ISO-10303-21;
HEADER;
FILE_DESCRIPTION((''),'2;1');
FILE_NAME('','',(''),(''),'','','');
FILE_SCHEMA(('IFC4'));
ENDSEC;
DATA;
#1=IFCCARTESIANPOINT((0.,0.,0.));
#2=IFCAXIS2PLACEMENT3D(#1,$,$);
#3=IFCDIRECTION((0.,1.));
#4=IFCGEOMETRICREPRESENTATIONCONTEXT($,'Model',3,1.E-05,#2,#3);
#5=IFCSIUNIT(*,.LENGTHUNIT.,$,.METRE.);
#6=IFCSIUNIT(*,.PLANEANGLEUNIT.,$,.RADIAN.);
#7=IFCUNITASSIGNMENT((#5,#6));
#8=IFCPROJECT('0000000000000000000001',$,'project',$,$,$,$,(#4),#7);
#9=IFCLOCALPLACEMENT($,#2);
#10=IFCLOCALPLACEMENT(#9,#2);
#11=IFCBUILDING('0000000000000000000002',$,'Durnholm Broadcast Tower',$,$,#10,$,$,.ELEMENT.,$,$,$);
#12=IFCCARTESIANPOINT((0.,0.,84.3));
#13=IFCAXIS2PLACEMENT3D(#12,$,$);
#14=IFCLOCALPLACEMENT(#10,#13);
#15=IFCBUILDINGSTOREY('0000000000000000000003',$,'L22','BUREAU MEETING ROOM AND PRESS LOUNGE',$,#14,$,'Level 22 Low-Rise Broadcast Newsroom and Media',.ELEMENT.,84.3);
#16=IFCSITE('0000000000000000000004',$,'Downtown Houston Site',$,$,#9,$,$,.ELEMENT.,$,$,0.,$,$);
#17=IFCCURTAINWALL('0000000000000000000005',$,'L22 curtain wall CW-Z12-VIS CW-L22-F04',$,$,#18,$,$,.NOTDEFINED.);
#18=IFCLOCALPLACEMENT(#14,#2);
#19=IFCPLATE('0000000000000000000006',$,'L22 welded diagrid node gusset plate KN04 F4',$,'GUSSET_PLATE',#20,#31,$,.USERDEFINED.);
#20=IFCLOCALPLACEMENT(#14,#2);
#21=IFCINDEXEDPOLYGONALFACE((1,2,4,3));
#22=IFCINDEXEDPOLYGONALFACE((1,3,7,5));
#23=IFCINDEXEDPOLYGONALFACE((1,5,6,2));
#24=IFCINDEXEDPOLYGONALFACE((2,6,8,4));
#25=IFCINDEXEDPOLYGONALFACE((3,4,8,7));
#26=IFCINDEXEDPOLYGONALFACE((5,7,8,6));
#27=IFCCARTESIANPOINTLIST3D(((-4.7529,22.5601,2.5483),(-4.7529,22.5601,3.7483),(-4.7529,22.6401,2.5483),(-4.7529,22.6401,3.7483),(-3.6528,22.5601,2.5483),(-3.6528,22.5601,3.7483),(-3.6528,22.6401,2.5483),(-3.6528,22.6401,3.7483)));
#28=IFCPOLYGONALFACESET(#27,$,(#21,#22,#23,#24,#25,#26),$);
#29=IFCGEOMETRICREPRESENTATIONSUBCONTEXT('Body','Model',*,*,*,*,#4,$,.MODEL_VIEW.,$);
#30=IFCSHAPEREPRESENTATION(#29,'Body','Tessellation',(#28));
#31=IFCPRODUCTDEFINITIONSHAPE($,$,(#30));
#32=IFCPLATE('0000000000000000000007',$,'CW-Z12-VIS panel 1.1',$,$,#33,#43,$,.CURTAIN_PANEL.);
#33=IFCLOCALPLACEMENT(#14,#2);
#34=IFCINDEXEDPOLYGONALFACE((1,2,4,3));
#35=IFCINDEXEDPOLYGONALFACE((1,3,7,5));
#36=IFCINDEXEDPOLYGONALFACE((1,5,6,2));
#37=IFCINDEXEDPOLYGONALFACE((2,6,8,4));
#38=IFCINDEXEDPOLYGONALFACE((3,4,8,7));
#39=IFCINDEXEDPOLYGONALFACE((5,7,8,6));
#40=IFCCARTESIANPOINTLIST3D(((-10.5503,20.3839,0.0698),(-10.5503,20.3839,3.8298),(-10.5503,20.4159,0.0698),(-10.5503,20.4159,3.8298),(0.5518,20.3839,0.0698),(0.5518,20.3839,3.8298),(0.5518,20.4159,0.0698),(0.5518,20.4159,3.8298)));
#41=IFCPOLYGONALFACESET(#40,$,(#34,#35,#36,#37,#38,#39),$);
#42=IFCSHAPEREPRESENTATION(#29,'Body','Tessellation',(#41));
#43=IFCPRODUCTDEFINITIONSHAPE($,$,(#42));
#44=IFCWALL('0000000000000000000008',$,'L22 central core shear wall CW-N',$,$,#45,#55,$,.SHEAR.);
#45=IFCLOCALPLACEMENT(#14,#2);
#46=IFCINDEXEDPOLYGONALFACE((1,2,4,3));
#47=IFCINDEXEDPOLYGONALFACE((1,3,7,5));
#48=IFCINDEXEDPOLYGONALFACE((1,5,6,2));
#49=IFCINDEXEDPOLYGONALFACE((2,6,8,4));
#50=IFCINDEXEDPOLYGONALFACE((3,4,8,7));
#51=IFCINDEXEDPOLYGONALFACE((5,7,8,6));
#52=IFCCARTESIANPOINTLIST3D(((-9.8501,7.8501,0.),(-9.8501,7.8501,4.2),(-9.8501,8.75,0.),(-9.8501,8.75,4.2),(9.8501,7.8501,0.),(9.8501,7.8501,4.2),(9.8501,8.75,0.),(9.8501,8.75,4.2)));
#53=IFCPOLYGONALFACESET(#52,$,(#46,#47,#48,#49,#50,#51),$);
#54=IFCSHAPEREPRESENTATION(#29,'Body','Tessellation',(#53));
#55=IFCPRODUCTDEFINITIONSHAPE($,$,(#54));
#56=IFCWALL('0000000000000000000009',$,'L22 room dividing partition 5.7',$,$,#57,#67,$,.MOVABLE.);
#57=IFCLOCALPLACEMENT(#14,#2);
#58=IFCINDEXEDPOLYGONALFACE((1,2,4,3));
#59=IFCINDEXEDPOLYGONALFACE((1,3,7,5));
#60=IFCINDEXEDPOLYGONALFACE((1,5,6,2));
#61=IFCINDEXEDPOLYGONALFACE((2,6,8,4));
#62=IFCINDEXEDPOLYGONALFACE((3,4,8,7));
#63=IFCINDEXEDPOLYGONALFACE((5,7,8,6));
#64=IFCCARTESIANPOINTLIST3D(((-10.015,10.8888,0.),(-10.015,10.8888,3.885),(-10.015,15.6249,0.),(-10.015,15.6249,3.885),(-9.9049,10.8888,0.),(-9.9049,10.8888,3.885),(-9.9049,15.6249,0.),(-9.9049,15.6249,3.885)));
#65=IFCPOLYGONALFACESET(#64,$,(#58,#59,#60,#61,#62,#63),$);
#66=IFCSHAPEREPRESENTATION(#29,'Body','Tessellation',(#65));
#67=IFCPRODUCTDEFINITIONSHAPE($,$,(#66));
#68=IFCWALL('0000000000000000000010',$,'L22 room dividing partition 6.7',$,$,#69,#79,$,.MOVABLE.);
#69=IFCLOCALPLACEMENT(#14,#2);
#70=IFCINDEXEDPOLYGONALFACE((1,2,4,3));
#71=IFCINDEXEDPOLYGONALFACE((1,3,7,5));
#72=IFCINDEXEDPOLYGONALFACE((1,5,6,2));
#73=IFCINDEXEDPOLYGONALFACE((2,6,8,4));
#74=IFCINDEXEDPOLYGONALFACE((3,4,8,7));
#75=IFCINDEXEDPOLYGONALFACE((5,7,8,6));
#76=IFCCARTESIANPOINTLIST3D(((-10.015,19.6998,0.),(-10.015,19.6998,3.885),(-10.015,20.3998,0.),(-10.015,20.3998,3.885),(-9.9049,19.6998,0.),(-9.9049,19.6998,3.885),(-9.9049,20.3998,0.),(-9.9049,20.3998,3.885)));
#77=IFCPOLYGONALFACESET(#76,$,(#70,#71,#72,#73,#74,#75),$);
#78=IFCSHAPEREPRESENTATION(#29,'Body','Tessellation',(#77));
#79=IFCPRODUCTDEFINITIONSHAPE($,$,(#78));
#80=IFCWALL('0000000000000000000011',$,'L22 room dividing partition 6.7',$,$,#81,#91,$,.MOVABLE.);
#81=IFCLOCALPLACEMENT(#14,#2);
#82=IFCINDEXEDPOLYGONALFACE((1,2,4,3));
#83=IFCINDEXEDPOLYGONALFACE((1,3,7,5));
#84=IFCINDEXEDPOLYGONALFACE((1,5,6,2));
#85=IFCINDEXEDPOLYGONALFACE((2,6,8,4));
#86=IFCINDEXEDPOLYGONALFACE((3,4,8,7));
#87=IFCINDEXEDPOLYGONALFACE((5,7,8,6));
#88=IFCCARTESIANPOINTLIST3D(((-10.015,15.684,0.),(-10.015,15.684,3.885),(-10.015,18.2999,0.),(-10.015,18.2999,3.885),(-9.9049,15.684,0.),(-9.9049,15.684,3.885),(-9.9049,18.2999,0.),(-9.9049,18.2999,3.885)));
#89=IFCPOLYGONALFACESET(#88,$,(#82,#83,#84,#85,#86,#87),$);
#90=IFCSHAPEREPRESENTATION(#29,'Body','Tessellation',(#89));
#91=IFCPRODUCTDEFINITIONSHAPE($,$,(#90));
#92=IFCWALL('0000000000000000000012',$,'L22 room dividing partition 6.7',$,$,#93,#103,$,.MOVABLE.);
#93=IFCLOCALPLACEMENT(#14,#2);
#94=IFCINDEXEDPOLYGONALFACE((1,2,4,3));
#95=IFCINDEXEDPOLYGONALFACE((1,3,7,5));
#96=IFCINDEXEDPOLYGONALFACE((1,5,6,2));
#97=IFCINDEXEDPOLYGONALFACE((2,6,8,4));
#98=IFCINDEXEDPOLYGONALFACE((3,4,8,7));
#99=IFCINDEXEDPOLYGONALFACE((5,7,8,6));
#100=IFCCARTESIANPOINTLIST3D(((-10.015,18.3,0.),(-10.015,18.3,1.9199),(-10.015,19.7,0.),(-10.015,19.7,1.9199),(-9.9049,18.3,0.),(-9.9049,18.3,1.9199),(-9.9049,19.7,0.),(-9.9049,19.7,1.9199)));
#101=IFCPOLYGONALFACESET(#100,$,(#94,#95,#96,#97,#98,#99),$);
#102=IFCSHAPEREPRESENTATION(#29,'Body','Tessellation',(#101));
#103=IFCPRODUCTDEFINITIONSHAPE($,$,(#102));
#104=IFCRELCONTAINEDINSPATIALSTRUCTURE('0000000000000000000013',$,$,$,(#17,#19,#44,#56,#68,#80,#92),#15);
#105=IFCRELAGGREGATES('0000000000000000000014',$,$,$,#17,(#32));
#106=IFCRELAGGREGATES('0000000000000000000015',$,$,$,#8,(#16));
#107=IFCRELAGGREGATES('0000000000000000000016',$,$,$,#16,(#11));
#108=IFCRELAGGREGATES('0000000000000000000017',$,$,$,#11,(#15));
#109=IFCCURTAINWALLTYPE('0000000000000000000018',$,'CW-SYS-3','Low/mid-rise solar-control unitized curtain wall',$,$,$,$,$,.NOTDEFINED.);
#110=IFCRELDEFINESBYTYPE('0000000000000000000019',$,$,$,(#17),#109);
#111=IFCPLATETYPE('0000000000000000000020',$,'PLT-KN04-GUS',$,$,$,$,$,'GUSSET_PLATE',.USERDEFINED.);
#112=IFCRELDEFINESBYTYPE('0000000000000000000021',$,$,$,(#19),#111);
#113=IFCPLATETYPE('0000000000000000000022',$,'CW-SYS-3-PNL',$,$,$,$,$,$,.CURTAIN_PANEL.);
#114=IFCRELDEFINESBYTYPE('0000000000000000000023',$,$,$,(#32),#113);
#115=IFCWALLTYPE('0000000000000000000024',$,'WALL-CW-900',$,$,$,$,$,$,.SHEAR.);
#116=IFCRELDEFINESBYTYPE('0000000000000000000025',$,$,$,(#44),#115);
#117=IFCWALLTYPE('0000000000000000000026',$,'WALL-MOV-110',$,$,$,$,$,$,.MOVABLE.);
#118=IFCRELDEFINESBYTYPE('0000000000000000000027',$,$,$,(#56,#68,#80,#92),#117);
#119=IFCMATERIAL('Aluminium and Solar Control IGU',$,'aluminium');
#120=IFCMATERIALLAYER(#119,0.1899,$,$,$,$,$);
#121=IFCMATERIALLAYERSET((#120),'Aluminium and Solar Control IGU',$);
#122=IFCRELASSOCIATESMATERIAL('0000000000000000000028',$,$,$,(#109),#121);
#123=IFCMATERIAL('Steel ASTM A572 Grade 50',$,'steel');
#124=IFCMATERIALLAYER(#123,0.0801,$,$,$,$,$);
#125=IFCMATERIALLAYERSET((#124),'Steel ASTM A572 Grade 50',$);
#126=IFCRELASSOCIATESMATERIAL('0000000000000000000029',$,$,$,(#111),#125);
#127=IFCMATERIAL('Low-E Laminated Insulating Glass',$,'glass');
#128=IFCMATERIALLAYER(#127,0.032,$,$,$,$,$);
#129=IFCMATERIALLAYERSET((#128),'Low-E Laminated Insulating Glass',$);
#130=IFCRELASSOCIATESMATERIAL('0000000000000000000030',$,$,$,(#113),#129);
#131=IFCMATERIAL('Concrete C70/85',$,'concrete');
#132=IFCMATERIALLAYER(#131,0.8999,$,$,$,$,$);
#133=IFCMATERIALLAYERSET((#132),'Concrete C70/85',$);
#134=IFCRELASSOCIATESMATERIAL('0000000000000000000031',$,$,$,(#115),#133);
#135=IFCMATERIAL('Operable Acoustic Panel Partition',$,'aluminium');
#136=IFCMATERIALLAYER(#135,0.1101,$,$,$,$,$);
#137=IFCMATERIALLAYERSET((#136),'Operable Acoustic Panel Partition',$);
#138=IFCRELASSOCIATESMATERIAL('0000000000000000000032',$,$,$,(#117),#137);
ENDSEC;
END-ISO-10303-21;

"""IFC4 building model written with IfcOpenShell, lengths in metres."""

from ifc_helpers import new_model, si_unit, direction, frame, frame_2d, origin, origin_2d, place, context, subcontext, project, spatial, rectangle, extrude, source, transform, mapped, material, layer, layer_set, type_object, type_shapes, element, aggregate, save


model = new_model("IFC4")

# Units and contexts
model_context = context("Model", 3, precision=1e-05, world=origin(), true_north=direction((0.0, 1.0)))
body_context = subcontext(model_context, "Body", "Model", "MODEL_VIEW")
ifc_project = project(units=[si_unit("LENGTHUNIT", "METRE"), si_unit("PLANEANGLEUNIT", "RADIAN")], contexts=[model_context])

# Site, building, storey
site_placement = place(None, origin())
site = spatial("IfcSite", under=ifc_project, at=site_placement, Name="Downtown Houston Site", CompositionType="ELEMENT", RefElevation=0.0)
building_placement = place(site_placement, origin())
building = spatial("IfcBuilding", under=site, at=building_placement, Name="Durnholm Broadcast Tower", CompositionType="ELEMENT")
storey_placement = place(building_placement, frame((0.0, 0.0, 84.3)))
storey = spatial("IfcBuildingStorey", under=building, at=storey_placement, Name="L22", Description="BUREAU MEETING ROOM AND PRESS LOUNGE", LongName="Level 22 Low-Rise Broadcast Newsroom and Media", CompositionType="ELEMENT", Elevation=84.3)

# Shared definitions
ifc_material_1 = material(Name="Concrete C70/85", Category="concrete")

# Curtain wall
ifc_material_2 = material(Name="Aluminium and Solar Control IGU", Category="aluminium")
ifc_layer_1 = layer(ifc_material_2, 0.1899)
ifc_layer_set_1 = layer_set([ifc_layer_1], Name="Aluminium and Solar Control IGU")
curtain_wall_type = type_object("IfcCurtainWallType", Name="CW-SYS-3", Description="Low/mid-rise solar-control unitized curtain wall", PredefinedType="NOTDEFINED", material=ifc_layer_set_1)
curtain_wall_placement = place(storey_placement, origin())
curtain_wall = element("IfcCurtainWall", 1, at=curtain_wall_placement, inside=storey, type_object=curtain_wall_type, Name="L22 curtain wall CW-Z12-VIS CW-L22-F04", PredefinedType="NOTDEFINED")

# Plates
ifc_material_3 = material(Name="Steel ASTM A572 Grade 50", Category="steel")
ifc_layer_2 = layer(ifc_material_3, 0.0801)
ifc_layer_set_2 = layer_set([ifc_layer_2], Name="Steel ASTM A572 Grade 50")
plate_type_1 = type_object("IfcPlateType", Name="PLT-KN04-GUS", ElementType="GUSSET_PLATE", PredefinedType="USERDEFINED", material=ifc_layer_set_2)
shared_shape_1 = source(origin(), body_context, "Body", "SweptSolid", [
    extrude(rectangle(XDim=1.1001, YDim=0.0801, at=origin_2d()), origin(), (0.0, 0.0, 1.0), 1.2),
])
type_shapes(plate_type_1, [shared_shape_1])
plate_1_placement = place(storey_placement, frame((-4.2029, 22.6001, 2.5483), z_axis=(0.0, 0.0, 1.0), x_axis=(-1.0, 0.0, 0.0)))
element("IfcPlate", 2, at=plate_1_placement, inside=storey, type_object=plate_type_1, Name="L22 welded diagrid node gusset plate KN04 F4", ObjectType="GUSSET_PLATE", PredefinedType="USERDEFINED", context=body_context, shape_type="MappedRepresentation", body=[
    mapped(shared_shape_1, transform((0.0, 0.0, 0.0), x_axis=(1.0, 0.0, 0.0), y_axis=(0.0, 1.0, 0.0), z_axis=(0.0, 0.0, 1.0), scale=1.0)),
])
ifc_material_4 = material(Name="Low-E Laminated Insulating Glass", Category="glass")
ifc_layer_3 = layer(ifc_material_4, 0.032)
ifc_layer_set_3 = layer_set([ifc_layer_3], Name="Low-E Laminated Insulating Glass")
plate_type_2 = type_object("IfcPlateType", Name="CW-SYS-3-PNL", PredefinedType="CURTAIN_PANEL", material=ifc_layer_set_3)
shared_shape_2 = source(origin(), body_context, "Body", "SweptSolid", [
    extrude(rectangle(XDim=11.1021, YDim=0.032, at=origin_2d()), origin(), (0.0, 0.0, 1.0), 3.76),
])
type_shapes(plate_type_2, [shared_shape_2])
plate_2_placement = place(storey_placement, frame((-4.9993, 20.3999, 0.0698), z_axis=(0.0, 0.0, 1.0), x_axis=(1.0, 0.0, 0.0)))
plate_2 = element("IfcPlate", 3, at=plate_2_placement, type_object=plate_type_2, Name="CW-Z12-VIS panel 1.1", PredefinedType="CURTAIN_PANEL", context=body_context, shape_type="MappedRepresentation", body=[
    mapped(shared_shape_2, transform((0.0, 0.0, 0.0), x_axis=(1.0, 0.0, 0.0), y_axis=(0.0, 1.0, 0.0), z_axis=(0.0, 0.0, 1.0), scale=1.0)),
])
aggregate(curtain_wall, [plate_2])

# Walls
ifc_layer_4 = layer(ifc_material_1, 0.8999)
ifc_layer_set_4 = layer_set([ifc_layer_4], Name="Concrete C70/85")
wall_type_1 = type_object("IfcWallType", Name="WALL-CW-900", PredefinedType="SHEAR", material=ifc_layer_set_4)
wall_1_placement = place(storey_placement, frame((-9.8501, 8.3, 0.0), z_axis=(0.0, 0.0, 1.0), x_axis=(1.0, 0.0, 0.0)))
element("IfcWall", 4, at=wall_1_placement, inside=storey, type_object=wall_type_1, Name="L22 central core shear wall CW-N", PredefinedType="SHEAR", context=body_context, shape_type="SweptSolid", body=[
    extrude(rectangle(XDim=19.7002, YDim=0.8999, at=frame_2d((9.8501, 0.0))), origin(), (0.0, 0.0, 1.0), 4.2),
])
ifc_material_5 = material(Name="Operable Acoustic Panel Partition", Category="aluminium")
ifc_layer_5 = layer(ifc_material_5, 0.1101)
ifc_layer_set_5 = layer_set([ifc_layer_5], Name="Operable Acoustic Panel Partition")
wall_type_2 = type_object("IfcWallType", Name="WALL-MOV-110", PredefinedType="MOVABLE", material=ifc_layer_set_5)
wall_2_placement = place(storey_placement, frame((-9.96, 15.625, 0.0), z_axis=(0.0, 0.0, 1.0), x_axis=(0.0, -1.0, 0.0)))
element("IfcWall", 5, at=wall_2_placement, inside=storey, type_object=wall_type_2, Name="L22 room dividing partition 5.7", PredefinedType="MOVABLE", context=body_context, shape_type="SweptSolid", body=[
    extrude(rectangle(XDim=4.7361, YDim=0.1101, at=frame_2d((2.3682, 0.0))), origin(), (0.0, 0.0, 1.0), 3.885),
])
wall_3_placement = place(storey_placement, frame((-9.96, 20.3999, 0.0), z_axis=(0.0, 0.0, 1.0), x_axis=(0.0, -1.0, 0.0)))
element("IfcWall", 6, at=wall_3_placement, inside=storey, type_object=wall_type_2, Name="L22 room dividing partition 6.7", PredefinedType="MOVABLE", context=body_context, shape_type="SweptSolid", body=[
    extrude(rectangle(XDim=0.7, YDim=0.1101, at=frame_2d((0.3501, 0.0))), origin(), (0.0, 0.0, 1.0), 3.885),
])
wall_4_placement = place(storey_placement, frame((-9.96, 18.3, 0.0), z_axis=(0.0, 0.0, 1.0), x_axis=(0.0, -1.0, 0.0)))
element("IfcWall", 7, at=wall_4_placement, inside=storey, type_object=wall_type_2, Name="L22 room dividing partition 6.7", PredefinedType="MOVABLE", context=body_context, shape_type="SweptSolid", body=[
    extrude(rectangle(XDim=2.616, YDim=0.1101, at=frame_2d((1.3081, 0.0))), origin(), (0.0, 0.0, 1.0), 3.885),
])
wall_5_placement = place(storey_placement, frame((-9.96, 19.7, 0.0), z_axis=(0.0, 0.0, 1.0), x_axis=(0.0, -1.0, 0.0)))
element("IfcWall", 8, at=wall_5_placement, inside=storey, type_object=wall_type_2, Name="L22 room dividing partition 6.7", PredefinedType="MOVABLE", context=body_context, shape_type="SweptSolid", body=[
    extrude(rectangle(XDim=1.3999, YDim=0.1101, at=frame_2d((0.7, 0.0))), origin(), (0.0, 0.0, 1.0), 1.9199),
])

save(model, "model.ifc")
